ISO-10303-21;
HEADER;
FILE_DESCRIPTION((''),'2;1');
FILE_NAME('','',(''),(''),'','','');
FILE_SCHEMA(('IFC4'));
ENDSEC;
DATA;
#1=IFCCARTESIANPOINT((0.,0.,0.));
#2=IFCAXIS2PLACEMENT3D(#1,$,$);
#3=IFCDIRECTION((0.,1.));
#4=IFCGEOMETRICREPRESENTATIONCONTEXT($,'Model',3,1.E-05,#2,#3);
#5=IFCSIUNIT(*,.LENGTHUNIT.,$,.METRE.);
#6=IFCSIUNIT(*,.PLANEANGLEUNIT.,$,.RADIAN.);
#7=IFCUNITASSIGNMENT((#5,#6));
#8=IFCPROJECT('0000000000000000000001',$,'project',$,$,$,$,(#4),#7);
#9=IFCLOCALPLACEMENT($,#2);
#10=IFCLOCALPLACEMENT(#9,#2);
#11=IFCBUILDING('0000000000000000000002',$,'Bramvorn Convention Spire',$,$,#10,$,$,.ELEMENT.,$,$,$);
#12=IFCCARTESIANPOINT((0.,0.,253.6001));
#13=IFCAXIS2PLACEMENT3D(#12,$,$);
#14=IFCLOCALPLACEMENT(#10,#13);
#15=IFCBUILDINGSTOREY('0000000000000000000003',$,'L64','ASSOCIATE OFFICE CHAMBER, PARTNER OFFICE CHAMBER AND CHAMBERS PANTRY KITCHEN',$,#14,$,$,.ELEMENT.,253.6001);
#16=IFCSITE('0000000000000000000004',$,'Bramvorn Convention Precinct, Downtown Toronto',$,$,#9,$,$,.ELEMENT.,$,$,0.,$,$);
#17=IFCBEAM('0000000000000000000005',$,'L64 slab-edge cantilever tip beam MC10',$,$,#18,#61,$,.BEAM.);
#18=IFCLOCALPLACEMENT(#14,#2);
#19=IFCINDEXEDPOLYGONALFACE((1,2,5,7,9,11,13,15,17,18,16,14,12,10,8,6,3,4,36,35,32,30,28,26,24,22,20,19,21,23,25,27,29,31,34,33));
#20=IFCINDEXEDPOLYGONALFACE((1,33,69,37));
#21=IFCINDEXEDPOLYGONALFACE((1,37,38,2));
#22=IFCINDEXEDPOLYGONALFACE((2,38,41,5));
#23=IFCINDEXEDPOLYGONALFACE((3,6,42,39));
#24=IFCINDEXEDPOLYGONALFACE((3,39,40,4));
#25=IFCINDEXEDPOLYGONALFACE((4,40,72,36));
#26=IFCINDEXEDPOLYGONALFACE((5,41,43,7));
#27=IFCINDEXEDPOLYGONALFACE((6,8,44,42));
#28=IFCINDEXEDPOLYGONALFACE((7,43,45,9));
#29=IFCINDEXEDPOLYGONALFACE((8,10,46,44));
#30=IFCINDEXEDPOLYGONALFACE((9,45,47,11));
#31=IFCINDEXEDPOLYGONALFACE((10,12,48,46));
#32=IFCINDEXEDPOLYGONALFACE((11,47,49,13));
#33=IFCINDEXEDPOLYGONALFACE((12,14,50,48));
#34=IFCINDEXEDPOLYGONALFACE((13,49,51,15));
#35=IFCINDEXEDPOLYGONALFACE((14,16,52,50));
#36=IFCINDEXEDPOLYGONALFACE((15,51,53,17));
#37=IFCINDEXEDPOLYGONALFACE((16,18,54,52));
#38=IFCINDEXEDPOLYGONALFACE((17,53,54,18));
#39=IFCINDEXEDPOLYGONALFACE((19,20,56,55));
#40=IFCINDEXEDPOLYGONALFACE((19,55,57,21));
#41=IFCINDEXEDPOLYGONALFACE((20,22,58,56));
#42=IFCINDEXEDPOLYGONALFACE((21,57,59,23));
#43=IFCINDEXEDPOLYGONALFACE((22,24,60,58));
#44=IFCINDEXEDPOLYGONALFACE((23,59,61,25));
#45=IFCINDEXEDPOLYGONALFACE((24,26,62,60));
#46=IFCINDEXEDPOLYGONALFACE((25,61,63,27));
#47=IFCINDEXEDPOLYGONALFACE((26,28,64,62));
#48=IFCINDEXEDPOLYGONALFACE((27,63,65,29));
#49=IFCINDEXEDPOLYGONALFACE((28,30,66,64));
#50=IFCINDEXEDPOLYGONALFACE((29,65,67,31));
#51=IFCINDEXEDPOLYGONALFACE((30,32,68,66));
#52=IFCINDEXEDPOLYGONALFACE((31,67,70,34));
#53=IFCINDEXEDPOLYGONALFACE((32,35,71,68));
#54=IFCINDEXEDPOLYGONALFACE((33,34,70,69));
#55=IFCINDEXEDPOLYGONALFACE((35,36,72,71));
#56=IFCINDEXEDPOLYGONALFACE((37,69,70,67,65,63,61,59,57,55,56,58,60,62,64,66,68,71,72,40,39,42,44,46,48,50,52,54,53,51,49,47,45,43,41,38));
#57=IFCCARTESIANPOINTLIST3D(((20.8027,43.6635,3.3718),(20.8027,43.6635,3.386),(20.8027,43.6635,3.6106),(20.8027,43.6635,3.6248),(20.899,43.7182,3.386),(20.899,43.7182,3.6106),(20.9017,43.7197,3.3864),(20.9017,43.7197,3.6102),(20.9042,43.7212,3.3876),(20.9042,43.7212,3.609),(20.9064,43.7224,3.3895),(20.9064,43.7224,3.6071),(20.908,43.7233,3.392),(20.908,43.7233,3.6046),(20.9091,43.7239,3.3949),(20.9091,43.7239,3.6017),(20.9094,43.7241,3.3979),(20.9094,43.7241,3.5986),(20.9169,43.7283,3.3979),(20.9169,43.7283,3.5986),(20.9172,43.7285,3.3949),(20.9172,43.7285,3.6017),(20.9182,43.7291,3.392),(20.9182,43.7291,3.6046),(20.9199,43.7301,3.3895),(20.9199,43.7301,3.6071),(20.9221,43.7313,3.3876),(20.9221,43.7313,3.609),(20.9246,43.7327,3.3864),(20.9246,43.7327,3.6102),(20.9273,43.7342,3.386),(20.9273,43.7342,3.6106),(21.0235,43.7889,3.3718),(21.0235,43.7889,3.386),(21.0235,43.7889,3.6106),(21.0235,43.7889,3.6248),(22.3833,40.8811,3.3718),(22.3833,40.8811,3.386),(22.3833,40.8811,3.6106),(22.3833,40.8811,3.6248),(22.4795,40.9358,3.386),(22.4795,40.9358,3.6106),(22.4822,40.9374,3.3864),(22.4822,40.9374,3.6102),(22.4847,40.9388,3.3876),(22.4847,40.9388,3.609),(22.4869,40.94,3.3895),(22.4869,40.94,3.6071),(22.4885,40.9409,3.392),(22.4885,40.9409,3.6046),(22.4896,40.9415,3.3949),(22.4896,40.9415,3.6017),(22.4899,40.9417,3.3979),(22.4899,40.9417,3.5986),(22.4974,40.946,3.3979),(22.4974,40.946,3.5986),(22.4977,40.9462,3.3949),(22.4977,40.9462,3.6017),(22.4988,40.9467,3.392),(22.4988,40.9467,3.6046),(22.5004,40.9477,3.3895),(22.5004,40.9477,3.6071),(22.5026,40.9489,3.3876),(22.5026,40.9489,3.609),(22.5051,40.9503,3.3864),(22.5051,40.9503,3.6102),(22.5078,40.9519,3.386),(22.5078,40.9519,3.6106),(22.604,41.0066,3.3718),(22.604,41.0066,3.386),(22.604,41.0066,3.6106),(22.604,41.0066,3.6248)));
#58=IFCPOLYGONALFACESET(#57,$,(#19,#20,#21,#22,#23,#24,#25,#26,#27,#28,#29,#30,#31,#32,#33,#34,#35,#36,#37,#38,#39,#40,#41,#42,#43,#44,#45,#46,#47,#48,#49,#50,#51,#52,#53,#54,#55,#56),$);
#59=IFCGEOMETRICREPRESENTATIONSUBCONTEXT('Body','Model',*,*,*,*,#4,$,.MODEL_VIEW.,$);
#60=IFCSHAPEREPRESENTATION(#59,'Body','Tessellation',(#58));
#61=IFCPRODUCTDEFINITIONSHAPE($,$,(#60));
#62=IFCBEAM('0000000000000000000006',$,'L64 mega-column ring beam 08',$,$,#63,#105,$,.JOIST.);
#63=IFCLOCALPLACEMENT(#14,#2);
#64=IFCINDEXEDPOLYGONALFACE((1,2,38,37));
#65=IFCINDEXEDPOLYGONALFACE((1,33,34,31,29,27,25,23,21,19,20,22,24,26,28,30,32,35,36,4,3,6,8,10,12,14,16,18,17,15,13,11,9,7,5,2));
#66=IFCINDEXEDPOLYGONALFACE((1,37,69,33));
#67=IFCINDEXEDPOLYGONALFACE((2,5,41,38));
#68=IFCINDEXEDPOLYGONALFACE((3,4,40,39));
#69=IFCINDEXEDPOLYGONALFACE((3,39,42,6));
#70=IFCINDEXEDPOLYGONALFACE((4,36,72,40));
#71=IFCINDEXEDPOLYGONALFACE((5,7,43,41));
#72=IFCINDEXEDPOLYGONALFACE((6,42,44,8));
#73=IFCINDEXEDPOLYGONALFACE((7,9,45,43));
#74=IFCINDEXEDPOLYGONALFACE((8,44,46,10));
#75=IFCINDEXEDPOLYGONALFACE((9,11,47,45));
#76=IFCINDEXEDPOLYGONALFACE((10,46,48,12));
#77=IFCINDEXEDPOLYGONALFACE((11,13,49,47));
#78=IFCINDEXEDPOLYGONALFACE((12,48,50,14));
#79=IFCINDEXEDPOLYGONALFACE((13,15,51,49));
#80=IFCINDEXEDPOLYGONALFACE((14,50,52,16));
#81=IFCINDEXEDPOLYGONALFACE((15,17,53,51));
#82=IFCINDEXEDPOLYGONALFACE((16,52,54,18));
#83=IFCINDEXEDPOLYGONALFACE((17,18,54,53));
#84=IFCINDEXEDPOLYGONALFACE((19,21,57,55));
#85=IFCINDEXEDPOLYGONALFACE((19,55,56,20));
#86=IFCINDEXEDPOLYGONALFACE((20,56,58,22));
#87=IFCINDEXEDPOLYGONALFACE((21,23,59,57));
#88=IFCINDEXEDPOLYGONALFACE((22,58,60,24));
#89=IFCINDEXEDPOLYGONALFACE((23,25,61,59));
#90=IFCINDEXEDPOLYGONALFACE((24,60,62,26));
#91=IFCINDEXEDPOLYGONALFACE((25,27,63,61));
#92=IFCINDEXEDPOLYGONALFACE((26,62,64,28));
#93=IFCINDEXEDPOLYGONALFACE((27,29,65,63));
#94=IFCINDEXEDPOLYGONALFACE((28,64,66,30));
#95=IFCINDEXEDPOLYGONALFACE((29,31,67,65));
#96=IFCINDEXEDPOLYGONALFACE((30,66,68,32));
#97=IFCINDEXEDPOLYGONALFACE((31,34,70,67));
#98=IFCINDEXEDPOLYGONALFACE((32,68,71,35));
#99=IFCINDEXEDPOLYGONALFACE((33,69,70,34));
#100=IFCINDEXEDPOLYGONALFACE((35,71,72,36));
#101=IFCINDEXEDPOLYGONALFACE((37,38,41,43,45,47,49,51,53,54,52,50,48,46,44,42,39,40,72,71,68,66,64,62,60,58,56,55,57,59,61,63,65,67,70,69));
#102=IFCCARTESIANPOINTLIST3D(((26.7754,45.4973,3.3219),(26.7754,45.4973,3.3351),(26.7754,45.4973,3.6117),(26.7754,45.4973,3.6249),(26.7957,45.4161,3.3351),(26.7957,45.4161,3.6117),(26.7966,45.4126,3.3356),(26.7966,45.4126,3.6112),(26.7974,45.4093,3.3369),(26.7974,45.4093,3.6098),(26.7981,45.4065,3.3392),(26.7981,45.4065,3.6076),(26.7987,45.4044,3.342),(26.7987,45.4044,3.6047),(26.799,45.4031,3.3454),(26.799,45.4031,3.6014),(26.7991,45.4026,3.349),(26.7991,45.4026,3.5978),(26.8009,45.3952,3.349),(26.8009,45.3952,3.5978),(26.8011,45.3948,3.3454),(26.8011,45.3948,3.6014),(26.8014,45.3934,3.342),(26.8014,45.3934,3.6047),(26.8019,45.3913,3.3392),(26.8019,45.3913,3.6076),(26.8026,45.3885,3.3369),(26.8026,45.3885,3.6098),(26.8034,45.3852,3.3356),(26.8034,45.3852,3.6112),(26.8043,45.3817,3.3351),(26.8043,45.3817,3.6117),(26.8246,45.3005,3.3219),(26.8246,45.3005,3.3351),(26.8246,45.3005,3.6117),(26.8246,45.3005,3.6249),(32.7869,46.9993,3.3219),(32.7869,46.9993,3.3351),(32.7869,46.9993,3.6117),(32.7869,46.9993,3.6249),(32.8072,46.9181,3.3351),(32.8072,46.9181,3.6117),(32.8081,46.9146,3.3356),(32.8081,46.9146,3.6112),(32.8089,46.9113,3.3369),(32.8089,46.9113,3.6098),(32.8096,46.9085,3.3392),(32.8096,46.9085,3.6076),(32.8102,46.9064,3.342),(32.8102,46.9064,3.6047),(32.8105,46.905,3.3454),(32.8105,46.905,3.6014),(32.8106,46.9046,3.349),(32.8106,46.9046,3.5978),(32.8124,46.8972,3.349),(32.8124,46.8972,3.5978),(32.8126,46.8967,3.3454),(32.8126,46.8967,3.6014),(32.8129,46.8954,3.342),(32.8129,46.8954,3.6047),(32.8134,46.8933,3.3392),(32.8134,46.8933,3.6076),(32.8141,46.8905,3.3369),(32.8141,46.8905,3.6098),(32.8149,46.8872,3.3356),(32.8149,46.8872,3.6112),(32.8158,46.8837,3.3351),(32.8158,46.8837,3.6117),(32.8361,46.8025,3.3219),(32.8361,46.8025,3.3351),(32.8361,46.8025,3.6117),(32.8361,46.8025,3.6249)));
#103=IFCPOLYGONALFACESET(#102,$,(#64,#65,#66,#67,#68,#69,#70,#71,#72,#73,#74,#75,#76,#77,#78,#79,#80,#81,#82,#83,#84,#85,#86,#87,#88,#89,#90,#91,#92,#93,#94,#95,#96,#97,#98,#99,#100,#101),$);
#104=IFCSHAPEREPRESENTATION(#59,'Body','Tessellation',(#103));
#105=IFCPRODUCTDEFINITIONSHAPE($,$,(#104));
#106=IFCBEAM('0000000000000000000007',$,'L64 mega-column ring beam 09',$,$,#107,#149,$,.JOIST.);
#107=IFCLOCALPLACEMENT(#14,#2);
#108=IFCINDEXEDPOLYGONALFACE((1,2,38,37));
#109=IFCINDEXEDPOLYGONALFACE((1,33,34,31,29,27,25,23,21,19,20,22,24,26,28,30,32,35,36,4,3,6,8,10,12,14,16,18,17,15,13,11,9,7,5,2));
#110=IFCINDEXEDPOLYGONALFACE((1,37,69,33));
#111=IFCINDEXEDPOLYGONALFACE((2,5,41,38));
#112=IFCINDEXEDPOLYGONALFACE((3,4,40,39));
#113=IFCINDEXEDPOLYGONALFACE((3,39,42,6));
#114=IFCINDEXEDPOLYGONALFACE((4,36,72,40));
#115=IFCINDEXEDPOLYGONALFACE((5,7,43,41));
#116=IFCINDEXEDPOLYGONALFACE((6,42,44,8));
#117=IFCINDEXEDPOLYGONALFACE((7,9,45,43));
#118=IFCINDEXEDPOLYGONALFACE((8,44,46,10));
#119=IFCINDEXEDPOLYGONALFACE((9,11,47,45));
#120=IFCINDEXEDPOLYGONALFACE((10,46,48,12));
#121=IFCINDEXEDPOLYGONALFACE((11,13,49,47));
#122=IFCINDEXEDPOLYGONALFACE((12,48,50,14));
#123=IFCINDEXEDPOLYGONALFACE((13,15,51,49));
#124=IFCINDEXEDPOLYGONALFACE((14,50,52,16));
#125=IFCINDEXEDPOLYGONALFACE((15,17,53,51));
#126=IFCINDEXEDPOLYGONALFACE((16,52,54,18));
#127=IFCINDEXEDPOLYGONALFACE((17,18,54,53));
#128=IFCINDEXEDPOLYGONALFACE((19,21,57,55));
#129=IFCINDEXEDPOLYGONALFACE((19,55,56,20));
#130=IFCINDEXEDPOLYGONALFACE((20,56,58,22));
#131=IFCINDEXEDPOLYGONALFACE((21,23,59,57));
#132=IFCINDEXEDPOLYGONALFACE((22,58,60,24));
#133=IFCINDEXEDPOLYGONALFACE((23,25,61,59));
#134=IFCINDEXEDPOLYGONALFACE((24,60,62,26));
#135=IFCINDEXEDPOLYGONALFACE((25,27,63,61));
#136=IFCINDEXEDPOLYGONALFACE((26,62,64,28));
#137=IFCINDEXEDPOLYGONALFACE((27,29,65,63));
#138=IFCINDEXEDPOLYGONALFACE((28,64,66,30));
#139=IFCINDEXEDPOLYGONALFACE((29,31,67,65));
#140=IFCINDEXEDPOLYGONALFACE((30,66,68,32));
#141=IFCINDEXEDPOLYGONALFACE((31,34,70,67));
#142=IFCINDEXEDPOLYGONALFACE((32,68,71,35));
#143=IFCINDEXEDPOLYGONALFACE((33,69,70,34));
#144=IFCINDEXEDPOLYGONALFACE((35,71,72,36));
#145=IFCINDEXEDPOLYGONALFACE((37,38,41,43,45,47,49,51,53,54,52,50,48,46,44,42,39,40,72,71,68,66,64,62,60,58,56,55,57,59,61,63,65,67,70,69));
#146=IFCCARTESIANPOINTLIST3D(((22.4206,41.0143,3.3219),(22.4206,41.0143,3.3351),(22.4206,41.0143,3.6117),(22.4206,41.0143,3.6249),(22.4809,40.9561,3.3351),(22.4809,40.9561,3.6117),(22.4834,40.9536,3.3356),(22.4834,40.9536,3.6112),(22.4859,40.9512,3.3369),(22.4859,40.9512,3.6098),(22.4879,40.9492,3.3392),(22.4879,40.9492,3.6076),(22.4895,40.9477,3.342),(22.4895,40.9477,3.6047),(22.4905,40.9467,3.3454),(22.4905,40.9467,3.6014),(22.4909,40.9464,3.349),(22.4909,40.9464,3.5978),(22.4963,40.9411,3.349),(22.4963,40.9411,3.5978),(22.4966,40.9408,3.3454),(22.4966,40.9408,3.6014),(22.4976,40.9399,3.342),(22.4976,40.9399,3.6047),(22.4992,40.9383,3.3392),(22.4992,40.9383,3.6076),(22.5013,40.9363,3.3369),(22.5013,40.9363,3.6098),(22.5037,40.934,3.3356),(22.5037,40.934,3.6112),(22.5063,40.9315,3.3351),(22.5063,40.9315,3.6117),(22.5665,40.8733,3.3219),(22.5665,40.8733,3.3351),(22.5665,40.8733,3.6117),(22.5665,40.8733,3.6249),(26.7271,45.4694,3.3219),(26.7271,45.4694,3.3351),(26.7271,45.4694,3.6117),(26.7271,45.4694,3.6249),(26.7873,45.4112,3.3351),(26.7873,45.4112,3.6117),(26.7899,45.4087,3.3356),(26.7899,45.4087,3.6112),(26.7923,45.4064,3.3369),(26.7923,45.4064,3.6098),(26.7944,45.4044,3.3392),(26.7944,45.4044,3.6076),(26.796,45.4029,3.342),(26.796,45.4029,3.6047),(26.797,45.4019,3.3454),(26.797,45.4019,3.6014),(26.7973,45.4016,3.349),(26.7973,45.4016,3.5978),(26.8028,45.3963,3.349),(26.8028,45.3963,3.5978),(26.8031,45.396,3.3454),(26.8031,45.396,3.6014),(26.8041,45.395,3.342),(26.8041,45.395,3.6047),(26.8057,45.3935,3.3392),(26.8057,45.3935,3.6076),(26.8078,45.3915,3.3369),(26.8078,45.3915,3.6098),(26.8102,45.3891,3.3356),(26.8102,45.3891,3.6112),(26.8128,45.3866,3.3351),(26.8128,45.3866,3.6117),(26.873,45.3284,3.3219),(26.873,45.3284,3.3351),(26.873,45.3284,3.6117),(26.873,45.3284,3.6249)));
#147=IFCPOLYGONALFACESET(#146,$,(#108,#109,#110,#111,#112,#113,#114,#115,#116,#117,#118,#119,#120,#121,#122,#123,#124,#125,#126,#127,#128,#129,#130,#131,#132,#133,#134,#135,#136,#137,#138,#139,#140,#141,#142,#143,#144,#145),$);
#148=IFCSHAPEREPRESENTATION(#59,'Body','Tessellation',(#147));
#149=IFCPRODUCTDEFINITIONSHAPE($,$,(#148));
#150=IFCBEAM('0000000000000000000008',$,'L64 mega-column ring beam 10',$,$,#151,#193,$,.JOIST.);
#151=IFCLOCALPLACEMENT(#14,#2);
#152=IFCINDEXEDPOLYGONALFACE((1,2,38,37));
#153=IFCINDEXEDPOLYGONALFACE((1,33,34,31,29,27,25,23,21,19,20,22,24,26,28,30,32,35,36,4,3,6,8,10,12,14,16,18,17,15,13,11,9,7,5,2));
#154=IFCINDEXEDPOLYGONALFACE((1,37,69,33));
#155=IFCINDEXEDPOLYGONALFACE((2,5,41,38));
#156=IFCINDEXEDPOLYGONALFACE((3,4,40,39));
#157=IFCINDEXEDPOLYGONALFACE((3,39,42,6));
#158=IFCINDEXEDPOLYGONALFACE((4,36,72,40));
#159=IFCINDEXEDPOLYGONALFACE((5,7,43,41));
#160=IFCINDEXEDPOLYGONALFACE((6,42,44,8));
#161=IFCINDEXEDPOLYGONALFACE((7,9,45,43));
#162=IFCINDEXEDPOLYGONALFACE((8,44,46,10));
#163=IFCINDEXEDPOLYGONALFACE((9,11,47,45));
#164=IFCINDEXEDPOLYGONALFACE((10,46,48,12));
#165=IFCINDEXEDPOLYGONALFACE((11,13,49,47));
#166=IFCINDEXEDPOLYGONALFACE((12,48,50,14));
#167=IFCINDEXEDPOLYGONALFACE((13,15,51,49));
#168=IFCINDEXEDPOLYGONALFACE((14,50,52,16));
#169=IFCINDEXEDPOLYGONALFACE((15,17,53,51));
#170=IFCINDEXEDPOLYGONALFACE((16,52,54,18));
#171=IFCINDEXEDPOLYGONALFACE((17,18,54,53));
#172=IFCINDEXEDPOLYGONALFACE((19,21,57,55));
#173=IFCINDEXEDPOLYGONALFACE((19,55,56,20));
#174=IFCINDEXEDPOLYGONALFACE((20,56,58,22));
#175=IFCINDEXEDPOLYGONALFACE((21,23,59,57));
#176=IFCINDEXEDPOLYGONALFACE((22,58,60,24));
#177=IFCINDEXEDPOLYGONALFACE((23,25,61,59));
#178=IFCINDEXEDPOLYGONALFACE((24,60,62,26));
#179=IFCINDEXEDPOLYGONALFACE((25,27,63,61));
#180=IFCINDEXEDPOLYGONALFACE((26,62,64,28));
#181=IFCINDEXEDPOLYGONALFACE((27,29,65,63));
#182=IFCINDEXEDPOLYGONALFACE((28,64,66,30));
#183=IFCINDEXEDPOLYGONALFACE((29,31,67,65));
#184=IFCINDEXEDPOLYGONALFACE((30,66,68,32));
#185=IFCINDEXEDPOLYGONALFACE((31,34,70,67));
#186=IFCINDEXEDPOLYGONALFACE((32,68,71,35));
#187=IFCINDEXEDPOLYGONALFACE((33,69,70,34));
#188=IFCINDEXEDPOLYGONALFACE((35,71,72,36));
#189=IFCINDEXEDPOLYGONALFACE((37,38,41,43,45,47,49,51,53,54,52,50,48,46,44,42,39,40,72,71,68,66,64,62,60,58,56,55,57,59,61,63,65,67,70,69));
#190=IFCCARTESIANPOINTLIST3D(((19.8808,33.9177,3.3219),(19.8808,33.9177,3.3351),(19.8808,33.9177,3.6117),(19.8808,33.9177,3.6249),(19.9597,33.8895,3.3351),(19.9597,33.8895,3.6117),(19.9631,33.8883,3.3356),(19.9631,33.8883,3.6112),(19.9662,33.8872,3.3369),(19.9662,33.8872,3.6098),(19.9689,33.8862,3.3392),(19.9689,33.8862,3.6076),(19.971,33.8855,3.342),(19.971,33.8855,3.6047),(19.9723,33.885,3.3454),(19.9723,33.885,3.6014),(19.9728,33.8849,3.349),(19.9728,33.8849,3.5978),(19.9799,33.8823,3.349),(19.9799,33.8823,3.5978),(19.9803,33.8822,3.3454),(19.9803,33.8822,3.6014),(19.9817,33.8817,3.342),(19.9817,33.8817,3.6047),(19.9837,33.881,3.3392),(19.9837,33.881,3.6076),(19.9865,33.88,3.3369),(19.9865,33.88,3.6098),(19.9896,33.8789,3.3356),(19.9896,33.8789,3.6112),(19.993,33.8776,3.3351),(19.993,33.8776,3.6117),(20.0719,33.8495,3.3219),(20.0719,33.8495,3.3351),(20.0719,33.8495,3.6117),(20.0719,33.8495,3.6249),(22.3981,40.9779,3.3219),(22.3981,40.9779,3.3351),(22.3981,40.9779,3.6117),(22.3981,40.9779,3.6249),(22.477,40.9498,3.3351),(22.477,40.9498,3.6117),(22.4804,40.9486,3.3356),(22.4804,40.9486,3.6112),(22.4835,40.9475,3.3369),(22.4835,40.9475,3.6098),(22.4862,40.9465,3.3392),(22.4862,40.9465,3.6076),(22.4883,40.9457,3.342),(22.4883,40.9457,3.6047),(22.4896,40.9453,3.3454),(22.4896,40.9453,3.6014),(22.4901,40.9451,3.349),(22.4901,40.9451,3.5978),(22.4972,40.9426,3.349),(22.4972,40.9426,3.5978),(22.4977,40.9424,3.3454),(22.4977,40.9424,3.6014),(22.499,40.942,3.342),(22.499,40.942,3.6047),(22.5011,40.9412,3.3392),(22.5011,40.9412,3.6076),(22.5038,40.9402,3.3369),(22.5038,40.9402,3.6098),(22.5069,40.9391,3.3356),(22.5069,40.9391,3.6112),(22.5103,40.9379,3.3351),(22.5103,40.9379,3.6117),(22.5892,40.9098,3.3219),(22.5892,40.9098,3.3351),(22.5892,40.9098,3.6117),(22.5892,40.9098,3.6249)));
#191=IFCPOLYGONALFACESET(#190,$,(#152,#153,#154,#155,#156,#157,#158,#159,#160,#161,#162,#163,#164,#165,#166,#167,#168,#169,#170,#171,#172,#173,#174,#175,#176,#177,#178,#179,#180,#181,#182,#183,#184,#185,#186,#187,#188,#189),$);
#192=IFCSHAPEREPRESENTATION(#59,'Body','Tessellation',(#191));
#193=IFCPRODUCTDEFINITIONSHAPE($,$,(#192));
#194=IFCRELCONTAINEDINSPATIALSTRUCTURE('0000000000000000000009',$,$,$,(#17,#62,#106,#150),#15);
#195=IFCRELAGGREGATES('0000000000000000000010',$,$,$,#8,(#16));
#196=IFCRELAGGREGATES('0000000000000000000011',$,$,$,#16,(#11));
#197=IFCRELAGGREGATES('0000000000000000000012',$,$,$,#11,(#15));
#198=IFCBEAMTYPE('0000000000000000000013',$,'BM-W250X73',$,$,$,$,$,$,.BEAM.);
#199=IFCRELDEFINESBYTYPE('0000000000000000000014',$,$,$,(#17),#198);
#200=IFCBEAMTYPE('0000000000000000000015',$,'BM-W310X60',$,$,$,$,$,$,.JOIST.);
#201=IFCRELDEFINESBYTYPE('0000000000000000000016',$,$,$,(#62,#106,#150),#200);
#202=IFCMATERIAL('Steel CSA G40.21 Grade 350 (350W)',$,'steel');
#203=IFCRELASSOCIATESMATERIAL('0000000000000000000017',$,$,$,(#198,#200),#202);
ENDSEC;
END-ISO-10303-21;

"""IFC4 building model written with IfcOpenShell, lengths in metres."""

from ifc_helpers import new_model, si_unit, direction, frame, origin, origin_2d, place, context, subcontext, project, spatial, i_section, extrude, material, material_profile, profile_set, type_object, element, save


model = new_model("IFC4")

# Units and contexts
model_context = context("Model", 3, precision=1e-05, world=origin(), true_north=direction((0.0, 1.0)))
body_context = subcontext(model_context, "Body", "Model", "MODEL_VIEW")
ifc_project = project(units=[si_unit("LENGTHUNIT", "METRE"), si_unit("PLANEANGLEUNIT", "RADIAN")], contexts=[model_context])

# Site, building, storey
site_placement = place(None, origin())
site = spatial("IfcSite", under=ifc_project, at=site_placement, Name="Bramvorn Convention Precinct, Downtown Toronto", CompositionType="ELEMENT", RefElevation=0.0)
building_placement = place(site_placement, origin())
building = spatial("IfcBuilding", under=site, at=building_placement, Name="Bramvorn Convention Spire", CompositionType="ELEMENT")
storey_placement = place(building_placement, frame((0.0, 0.0, 253.6001)))
storey = spatial("IfcBuildingStorey", under=building, at=storey_placement, Name="L64", Description="ASSOCIATE OFFICE CHAMBER, PARTNER OFFICE CHAMBER AND CHAMBERS PANTRY KITCHEN", CompositionType="ELEMENT", Elevation=253.6001)

# Shared definitions
ifc_material_1 = material(Name="Steel CSA G40.21 Grade 350 (350W)", Category="steel")

# Beams
ifc_material_profile_1 = material_profile(ifc_material_1, i_section(OverallWidth=0.2539, OverallDepth=0.2529, WebThickness=0.0085, FlangeThickness=0.0142, FilletRadius=0.012, at=origin_2d()))
ifc_profile_set_1 = profile_set([ifc_material_profile_1], Name="Steel CSA G40.21 Grade 350 (350W) - W250X73")
beam_type_1 = type_object("IfcBeamType", Name="BM-W250X73", PredefinedType="BEAM", material=ifc_profile_set_1)
beam_1_placement = place(storey_placement, frame((22.4937, 40.9438, 3.4983), z_axis=(-0.493919, 0.869508, 0.0), x_axis=(-0.869508, -0.493919, 0.0)))
element("IfcBeam", 1, at=beam_1_placement, inside=storey, type_object=beam_type_1, Name="L64 slab-edge cantilever tip beam MC10", PredefinedType="BEAM", context=body_context, shape_type="SweptSolid", body=[
    extrude(i_section(OverallWidth=0.2539, OverallDepth=0.2529, WebThickness=0.0085, FlangeThickness=0.0142, FilletRadius=0.012, at=origin_2d()), origin(), (0.0, 0.0, 1.0), 3.2),
])
ifc_material_profile_2 = material_profile(ifc_material_1, i_section(OverallWidth=0.2029, OverallDepth=0.303, WebThickness=0.0076, FlangeThickness=0.0132, FilletRadius=0.0139, at=origin_2d()))
ifc_profile_set_2 = profile_set([ifc_material_profile_2], Name="Steel CSA G40.21 Grade 350 (350W) - W310X60")
beam_type_2 = type_object("IfcBeamType", Name="BM-W310X60", PredefinedType="JOIST", material=ifc_profile_set_2)
for number, where, z_axis, x_axis, name in (
    (2, (32.8115, 46.9009, 3.4734), (-0.970177, -0.242397, 0.0), (0.242397, -0.970177, 0.0), "L64 mega-column ring beam 08"),
    (3, (26.8, 45.3989, 3.4734), (-0.695007, -0.719003, 0.0), (0.719003, -0.695007, 0.0), "L64 mega-column ring beam 09"),
):
    element("IfcBeam", number, at=place(storey_placement, frame(where, z_axis=z_axis, x_axis=x_axis)), inside=storey, type_object=beam_type_2, Name=name, PredefinedType="JOIST", context=body_context, shape_type="SweptSolid", body=[
        extrude(i_section(OverallWidth=0.2029, OverallDepth=0.303, WebThickness=0.0076, FlangeThickness=0.0132, FilletRadius=0.0139, at=origin_2d()), origin(), (0.0, 0.0, 1.0), 6.1963),
    ])
beam_2_placement = place(storey_placement, frame((22.4937, 40.9438, 3.4734), z_axis=(-0.335839, -0.941919, 0.0), x_axis=(0.941919, -0.335839, 0.0)))
element("IfcBeam", 4, at=beam_2_placement, inside=storey, type_object=beam_type_2, Name="L64 mega-column ring beam 10", PredefinedType="JOIST", context=body_context, shape_type="SweptSolid", body=[
    extrude(i_section(OverallWidth=0.2029, OverallDepth=0.303, WebThickness=0.0076, FlangeThickness=0.0132, FilletRadius=0.0139, at=origin_2d()), origin(), (0.0, 0.0, 1.0), 7.4956),
])

save(model, "model.ifc")
